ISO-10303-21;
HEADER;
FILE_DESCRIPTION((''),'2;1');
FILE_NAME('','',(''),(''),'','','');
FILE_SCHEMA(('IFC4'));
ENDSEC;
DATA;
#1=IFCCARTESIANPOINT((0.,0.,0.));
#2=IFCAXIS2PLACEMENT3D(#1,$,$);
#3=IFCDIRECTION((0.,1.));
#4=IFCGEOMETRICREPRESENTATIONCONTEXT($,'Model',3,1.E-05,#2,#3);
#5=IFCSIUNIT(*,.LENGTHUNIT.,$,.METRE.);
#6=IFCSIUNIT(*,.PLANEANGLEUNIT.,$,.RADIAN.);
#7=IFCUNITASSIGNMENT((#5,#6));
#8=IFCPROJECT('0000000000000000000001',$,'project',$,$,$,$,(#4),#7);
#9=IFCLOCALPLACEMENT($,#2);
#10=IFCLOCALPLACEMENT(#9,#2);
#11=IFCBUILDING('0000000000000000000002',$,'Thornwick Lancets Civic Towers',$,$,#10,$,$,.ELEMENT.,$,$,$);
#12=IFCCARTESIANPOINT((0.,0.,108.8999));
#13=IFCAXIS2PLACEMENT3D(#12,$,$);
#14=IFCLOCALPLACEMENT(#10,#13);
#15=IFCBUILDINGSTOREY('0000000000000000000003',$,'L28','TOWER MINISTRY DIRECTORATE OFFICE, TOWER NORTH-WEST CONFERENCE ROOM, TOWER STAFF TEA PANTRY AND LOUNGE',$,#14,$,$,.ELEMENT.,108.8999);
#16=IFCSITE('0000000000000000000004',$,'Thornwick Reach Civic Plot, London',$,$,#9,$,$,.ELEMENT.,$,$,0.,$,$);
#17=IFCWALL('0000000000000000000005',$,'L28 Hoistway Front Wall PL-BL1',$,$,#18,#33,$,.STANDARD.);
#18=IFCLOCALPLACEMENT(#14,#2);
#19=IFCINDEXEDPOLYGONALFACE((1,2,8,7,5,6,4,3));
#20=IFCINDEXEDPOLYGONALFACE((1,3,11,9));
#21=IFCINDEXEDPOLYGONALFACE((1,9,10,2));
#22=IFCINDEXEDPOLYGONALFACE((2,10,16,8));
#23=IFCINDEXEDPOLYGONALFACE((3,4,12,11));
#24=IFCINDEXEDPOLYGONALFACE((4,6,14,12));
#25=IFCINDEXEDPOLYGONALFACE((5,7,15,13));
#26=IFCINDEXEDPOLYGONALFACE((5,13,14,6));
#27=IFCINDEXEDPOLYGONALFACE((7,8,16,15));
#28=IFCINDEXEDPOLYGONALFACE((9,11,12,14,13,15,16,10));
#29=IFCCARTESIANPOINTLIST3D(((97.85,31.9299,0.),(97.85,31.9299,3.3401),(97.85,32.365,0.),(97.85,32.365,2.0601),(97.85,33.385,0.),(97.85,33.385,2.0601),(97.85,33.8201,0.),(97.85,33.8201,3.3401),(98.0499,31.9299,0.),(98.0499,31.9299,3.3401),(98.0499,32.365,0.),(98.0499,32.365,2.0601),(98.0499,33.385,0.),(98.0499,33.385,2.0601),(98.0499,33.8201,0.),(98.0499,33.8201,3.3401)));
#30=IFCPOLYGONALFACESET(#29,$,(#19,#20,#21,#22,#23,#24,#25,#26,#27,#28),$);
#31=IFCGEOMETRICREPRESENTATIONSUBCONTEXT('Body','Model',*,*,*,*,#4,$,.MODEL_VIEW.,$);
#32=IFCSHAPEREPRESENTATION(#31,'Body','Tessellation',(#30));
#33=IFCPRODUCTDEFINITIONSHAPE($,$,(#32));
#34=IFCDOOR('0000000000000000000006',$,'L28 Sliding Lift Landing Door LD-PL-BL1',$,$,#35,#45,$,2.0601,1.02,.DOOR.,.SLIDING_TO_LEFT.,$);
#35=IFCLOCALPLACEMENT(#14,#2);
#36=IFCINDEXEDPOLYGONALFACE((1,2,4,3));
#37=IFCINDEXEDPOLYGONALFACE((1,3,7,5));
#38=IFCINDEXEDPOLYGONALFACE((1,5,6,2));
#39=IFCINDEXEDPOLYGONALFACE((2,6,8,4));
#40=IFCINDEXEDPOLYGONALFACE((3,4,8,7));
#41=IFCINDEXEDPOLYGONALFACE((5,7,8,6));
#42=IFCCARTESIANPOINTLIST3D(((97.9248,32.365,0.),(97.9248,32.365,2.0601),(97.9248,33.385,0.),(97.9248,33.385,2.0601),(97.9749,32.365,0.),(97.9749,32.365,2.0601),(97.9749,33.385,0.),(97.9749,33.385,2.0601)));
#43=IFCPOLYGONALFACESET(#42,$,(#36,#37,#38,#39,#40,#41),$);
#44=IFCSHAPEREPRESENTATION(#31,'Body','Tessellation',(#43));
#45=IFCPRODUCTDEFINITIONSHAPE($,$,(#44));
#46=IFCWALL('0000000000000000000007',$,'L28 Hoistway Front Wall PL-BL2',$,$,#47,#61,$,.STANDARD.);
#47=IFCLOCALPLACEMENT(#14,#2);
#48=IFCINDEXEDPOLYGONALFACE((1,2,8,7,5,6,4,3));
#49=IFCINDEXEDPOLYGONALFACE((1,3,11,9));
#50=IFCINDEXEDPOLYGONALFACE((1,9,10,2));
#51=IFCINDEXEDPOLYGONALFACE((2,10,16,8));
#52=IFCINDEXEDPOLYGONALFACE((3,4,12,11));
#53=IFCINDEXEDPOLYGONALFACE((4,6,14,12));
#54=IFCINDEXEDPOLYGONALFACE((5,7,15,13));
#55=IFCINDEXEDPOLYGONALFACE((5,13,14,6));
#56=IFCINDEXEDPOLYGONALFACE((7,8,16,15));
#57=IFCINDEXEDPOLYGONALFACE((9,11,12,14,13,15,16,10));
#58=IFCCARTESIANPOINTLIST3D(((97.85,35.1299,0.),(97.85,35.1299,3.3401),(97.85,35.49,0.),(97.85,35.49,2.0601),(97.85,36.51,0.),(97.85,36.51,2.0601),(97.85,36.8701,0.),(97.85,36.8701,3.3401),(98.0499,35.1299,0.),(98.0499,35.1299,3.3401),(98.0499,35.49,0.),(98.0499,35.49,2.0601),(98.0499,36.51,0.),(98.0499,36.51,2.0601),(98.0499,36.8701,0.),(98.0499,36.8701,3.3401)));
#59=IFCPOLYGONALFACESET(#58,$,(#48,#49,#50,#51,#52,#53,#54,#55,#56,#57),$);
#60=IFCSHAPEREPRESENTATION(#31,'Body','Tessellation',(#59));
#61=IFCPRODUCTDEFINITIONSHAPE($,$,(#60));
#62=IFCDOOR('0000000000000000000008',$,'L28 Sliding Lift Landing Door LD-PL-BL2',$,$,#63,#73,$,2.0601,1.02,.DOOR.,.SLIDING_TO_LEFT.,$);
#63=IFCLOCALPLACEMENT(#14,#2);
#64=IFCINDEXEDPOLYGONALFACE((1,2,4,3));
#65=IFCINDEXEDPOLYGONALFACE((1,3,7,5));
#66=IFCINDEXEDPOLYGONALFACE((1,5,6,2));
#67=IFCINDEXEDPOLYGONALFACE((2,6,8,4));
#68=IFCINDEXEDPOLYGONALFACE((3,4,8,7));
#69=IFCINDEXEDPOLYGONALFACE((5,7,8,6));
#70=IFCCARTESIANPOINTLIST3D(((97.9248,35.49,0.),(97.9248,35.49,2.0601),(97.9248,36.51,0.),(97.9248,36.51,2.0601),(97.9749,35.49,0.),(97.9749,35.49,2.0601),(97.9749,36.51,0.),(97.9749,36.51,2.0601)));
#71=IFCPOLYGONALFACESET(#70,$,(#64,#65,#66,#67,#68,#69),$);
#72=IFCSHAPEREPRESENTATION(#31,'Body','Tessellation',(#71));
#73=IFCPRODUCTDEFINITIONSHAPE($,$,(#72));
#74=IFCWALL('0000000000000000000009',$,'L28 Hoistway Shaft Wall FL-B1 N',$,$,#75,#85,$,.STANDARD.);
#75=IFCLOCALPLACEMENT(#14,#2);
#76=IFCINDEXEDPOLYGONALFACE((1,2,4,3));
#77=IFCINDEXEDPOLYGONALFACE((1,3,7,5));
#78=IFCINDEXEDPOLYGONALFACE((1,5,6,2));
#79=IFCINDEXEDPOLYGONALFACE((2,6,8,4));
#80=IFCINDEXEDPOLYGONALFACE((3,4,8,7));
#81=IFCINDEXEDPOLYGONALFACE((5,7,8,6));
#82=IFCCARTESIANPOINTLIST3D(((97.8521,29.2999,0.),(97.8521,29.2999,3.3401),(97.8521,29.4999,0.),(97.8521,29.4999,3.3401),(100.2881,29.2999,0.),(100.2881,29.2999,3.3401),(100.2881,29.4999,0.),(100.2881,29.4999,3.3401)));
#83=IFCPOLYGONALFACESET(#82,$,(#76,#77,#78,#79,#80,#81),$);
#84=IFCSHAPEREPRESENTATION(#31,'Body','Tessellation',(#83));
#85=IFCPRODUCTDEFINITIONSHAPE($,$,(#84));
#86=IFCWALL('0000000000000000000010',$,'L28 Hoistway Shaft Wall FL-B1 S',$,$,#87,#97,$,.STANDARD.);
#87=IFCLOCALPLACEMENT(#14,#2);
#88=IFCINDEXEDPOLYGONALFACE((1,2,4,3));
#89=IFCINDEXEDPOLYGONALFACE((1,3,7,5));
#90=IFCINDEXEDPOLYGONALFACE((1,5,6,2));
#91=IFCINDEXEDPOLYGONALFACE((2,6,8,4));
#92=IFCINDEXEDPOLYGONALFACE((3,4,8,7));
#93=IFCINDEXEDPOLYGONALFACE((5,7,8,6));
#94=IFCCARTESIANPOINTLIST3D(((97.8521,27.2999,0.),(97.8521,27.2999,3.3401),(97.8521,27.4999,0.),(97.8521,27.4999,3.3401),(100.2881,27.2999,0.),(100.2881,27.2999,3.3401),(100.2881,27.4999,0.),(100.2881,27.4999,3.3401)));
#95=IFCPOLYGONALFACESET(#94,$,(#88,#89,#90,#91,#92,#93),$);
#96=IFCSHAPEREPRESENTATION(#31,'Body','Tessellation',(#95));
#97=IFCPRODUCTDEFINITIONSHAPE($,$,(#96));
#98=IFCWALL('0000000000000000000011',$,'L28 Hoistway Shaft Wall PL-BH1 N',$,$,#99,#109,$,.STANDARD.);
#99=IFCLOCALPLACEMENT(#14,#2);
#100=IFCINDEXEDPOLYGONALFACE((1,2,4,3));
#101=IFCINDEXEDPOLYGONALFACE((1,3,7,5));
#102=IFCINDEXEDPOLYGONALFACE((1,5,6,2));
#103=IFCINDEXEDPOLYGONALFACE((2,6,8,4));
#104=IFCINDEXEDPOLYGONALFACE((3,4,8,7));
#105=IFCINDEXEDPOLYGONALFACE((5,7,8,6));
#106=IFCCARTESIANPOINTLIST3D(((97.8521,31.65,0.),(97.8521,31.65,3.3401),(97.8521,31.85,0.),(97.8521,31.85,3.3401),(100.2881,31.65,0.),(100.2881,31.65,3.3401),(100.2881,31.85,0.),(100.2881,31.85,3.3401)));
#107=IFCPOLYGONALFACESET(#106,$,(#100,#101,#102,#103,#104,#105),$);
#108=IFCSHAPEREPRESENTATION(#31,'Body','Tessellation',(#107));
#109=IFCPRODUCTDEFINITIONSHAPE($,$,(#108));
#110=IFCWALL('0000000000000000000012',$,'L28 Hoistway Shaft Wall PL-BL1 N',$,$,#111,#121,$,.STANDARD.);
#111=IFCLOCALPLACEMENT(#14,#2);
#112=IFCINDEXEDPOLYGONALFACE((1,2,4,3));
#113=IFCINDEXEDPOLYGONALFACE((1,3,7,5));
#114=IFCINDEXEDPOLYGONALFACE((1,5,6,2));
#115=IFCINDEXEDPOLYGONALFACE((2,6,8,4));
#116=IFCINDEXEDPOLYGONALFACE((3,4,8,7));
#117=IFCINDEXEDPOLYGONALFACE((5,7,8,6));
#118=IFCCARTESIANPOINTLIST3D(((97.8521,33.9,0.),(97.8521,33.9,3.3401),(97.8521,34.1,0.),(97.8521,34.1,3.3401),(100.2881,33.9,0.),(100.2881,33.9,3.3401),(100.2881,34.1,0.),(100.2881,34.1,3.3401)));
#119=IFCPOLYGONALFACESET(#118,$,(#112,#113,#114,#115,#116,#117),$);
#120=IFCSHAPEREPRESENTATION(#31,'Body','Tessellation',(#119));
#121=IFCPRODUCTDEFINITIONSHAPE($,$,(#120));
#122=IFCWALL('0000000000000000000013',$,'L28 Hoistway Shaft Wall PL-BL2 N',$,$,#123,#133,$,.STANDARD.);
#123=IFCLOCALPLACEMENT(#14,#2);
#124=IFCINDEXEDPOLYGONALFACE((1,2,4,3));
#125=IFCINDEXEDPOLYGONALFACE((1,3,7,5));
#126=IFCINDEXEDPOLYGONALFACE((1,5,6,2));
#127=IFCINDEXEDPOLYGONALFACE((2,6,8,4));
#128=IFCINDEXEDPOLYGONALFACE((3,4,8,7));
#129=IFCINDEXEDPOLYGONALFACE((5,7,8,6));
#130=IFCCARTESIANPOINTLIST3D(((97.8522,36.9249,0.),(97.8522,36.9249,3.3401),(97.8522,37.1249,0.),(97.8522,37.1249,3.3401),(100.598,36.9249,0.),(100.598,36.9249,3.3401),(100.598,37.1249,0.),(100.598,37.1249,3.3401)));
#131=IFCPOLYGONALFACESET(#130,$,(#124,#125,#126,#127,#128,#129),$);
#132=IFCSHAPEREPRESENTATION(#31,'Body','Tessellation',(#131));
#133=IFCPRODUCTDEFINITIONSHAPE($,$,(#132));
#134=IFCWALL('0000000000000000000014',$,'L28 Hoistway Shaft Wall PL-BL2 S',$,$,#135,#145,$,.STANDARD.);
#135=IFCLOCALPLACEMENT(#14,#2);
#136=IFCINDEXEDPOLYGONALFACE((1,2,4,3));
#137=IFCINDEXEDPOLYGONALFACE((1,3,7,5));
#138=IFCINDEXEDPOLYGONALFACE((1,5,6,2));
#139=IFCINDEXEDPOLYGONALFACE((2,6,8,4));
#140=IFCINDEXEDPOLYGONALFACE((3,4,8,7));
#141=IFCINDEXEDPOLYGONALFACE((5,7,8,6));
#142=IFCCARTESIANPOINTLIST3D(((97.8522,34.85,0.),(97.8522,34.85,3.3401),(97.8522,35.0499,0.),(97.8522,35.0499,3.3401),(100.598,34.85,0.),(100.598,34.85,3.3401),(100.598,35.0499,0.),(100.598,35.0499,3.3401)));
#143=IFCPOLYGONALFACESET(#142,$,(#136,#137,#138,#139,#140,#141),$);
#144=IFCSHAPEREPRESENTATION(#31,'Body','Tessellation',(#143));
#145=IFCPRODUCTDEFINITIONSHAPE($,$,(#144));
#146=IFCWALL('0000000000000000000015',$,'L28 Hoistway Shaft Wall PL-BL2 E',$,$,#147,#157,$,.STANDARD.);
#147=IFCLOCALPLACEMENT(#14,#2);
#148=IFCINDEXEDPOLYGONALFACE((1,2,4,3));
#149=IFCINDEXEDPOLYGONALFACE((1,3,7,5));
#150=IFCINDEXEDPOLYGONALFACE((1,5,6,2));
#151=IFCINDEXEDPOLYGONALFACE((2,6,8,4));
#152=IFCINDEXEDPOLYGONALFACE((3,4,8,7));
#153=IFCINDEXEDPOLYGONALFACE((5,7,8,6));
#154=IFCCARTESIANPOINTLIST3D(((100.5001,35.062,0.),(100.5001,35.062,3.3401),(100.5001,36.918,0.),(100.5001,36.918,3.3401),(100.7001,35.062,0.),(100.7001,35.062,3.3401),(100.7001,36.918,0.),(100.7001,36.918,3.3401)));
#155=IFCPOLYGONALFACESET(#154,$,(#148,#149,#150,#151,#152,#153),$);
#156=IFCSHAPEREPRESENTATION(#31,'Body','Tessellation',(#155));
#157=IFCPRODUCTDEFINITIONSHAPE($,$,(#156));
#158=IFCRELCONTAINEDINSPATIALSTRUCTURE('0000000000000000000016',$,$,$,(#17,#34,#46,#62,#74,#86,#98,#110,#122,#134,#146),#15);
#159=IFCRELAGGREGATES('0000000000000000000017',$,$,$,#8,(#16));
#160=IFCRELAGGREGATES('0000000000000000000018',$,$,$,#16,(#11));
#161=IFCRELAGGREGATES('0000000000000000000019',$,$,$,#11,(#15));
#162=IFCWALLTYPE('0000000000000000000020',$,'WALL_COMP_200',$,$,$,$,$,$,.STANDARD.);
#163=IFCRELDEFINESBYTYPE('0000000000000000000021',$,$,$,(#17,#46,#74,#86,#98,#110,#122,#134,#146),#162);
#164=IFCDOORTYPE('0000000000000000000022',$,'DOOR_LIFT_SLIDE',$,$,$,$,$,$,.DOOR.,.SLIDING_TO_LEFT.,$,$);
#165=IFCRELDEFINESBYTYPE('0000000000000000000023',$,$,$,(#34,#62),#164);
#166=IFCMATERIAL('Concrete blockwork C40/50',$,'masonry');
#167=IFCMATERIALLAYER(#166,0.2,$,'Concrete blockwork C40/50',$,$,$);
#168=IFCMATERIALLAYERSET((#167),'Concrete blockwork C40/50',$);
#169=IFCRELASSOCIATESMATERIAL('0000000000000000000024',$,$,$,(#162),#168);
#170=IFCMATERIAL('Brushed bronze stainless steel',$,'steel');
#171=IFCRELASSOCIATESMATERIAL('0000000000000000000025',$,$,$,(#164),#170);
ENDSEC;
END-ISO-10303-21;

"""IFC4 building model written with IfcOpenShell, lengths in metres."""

from ifc_helpers import new_model, si_unit, direction, frame, frame_2d, origin, place, context, subcontext, project, spatial, rectangle, extrude, material, layer, layer_set, type_object, element, fill, save


model = new_model("IFC4")

# Units and contexts
model_context = context("Model", 3, precision=1e-05, world=origin(), true_north=direction((0.0, 1.0)))
body_context = subcontext(model_context, "Body", "Model", "MODEL_VIEW")
ifc_project = project(units=[si_unit("LENGTHUNIT", "METRE"), si_unit("PLANEANGLEUNIT", "RADIAN")], contexts=[model_context])

# Site, building, storey
site_placement = place(None, origin())
site = spatial("IfcSite", under=ifc_project, at=site_placement, Name="Thornwick Reach Civic Plot, London", CompositionType="ELEMENT", RefElevation=0.0)
building_placement = place(site_placement, origin())
building = spatial("IfcBuilding", under=site, at=building_placement, Name="Thornwick Lancets Civic Towers", CompositionType="ELEMENT")
storey_placement = place(building_placement, frame((0.0, 0.0, 108.8999)))
storey = spatial("IfcBuildingStorey", under=building, at=storey_placement, Name="L28", Description="TOWER MINISTRY DIRECTORATE OFFICE, TOWER NORTH-WEST CONFERENCE ROOM, TOWER STAFF TEA PANTRY AND LOUNGE", CompositionType="ELEMENT", Elevation=108.8999)

# Shared definitions
ifc_material_1 = material(Name="Concrete blockwork C40/50", Category="masonry")
ifc_layer = layer(ifc_material_1, 0.2, Name="Concrete blockwork C40/50")
ifc_layer_set = layer_set([ifc_layer], Name="Concrete blockwork C40/50")
wall_type = type_object("IfcWallType", Name="WALL_COMP_200", PredefinedType="STANDARD", material=ifc_layer_set)
ifc_material_2 = material(Name="Brushed bronze stainless steel", Category="steel")
door_type = type_object("IfcDoorType", Name="DOOR_LIFT_SLIDE", OperationType="SLIDING_TO_LEFT", PredefinedType="DOOR", material=ifc_material_2)

# Walls, openings, doors
wall_1_placement = place(storey_placement, frame((97.95, 33.8201, 0.0), z_axis=(0.0, 0.0, 1.0), x_axis=(0.0, -1.0, 0.0)))
wall_1 = element("IfcWall", 1, at=wall_1_placement, inside=storey, type_object=wall_type, Name="L28 Hoistway Front Wall PL-BL1", PredefinedType="STANDARD", context=body_context, shape_type="SweptSolid", body=[
    extrude(rectangle(XDim=1.8901, YDim=0.2, at=frame_2d((0.9451, 0.0))), origin(), (0.0, 0.0, 1.0), 3.3401),
])
opening_1_placement = place(wall_1_placement, frame((0.4351, 0.0, 0.0)))
opening_1 = element("IfcOpeningElement", 2, at=opening_1_placement, cuts=wall_1, PredefinedType="OPENING", context=body_context, shape_type="SweptSolid", body=[
    extrude(rectangle(XDim=1.02, YDim=2.0601, at=frame_2d((0.51, 1.03))), frame((0.0, 0.1099, 0.0), z_axis=(0.0, -1.0, 0.0), x_axis=(1.0, 0.0, 0.0)), (0.0, 0.0, 1.0), 0.22),
])
door_1_placement = place(opening_1_placement, origin())
door_1 = element("IfcDoor", 3, at=door_1_placement, inside=storey, type_object=door_type, Name="L28 Sliding Lift Landing Door LD-PL-BL1", OperationType="SLIDING_TO_LEFT", OverallHeight=2.0601, OverallWidth=1.02, PredefinedType="DOOR", context=body_context, shape_type="SweptSolid", body=[
    extrude(rectangle(XDim=1.02, YDim=2.0601, at=frame_2d((0.51, 1.03))), frame((0.0, 0.0249, 0.0), z_axis=(0.0, -1.0, 0.0), x_axis=(1.0, 0.0, 0.0)), (0.0, 0.0, 1.0), 0.05),
])
fill(opening_1, door_1)
wall_2_placement = place(storey_placement, frame((97.95, 36.8701, 0.0), z_axis=(0.0, 0.0, 1.0), x_axis=(0.0, -1.0, 0.0)))
wall_2 = element("IfcWall", 4, at=wall_2_placement, inside=storey, type_object=wall_type, Name="L28 Hoistway Front Wall PL-BL2", PredefinedType="STANDARD", context=body_context, shape_type="SweptSolid", body=[
    extrude(rectangle(XDim=1.7402, YDim=0.2, at=frame_2d((0.8701, 0.0))), origin(), (0.0, 0.0, 1.0), 3.3401),
])
opening_2_placement = place(wall_2_placement, frame((0.3601, 0.0, 0.0)))
opening_2 = element("IfcOpeningElement", 5, at=opening_2_placement, cuts=wall_2, PredefinedType="OPENING", context=body_context, shape_type="SweptSolid", body=[
    extrude(rectangle(XDim=1.02, YDim=2.0601, at=frame_2d((0.51, 1.03))), frame((0.0, 0.1099, 0.0), z_axis=(0.0, -1.0, 0.0), x_axis=(1.0, 0.0, 0.0)), (0.0, 0.0, 1.0), 0.22),
])
door_2_placement = place(opening_2_placement, origin())
door_2 = element("IfcDoor", 6, at=door_2_placement, inside=storey, type_object=door_type, Name="L28 Sliding Lift Landing Door LD-PL-BL2", OperationType="SLIDING_TO_LEFT", OverallHeight=2.0601, OverallWidth=1.02, PredefinedType="DOOR", context=body_context, shape_type="SweptSolid", body=[
    extrude(rectangle(XDim=1.02, YDim=2.0601, at=frame_2d((0.51, 1.03))), frame((0.0, 0.0249, 0.0), z_axis=(0.0, -1.0, 0.0), x_axis=(1.0, 0.0, 0.0)), (0.0, 0.0, 1.0), 0.05),
])
fill(opening_2, door_2)

# Walls
for number, where, z_axis, x_axis, name in (
    (7, (97.8521, 29.3999, 0.0), (0.0, 0.0, 1.0), (1.0, 0.0, 0.0), "L28 Hoistway Shaft Wall FL-B1 N"),
    (8, (97.8521, 27.3999, 0.0), (0.0, 0.0, 1.0), (1.0, 0.0, 0.0), "L28 Hoistway Shaft Wall FL-B1 S"),
    (9, (97.8521, 31.75, 0.0), (0.0, 0.0, 1.0), (1.0, 0.0, 0.0), "L28 Hoistway Shaft Wall PL-BH1 N"),
    (10, (97.8521, 34.0, 0.0), (0.0, 0.0, 1.0), (1.0, 0.0, 0.0), "L28 Hoistway Shaft Wall PL-BL1 N"),
):
    element("IfcWall", number, at=place(storey_placement, frame(where, z_axis=z_axis, x_axis=x_axis)), inside=storey, type_object=wall_type, Name=name, PredefinedType="STANDARD", context=body_context, shape_type="SweptSolid", body=[
        extrude(rectangle(XDim=2.436, YDim=0.2, at=frame_2d((1.218, 0.0))), origin(), (0.0, 0.0, 1.0), 3.3401),
    ])
for number, where, z_axis, x_axis, name in (
    (11, (97.8521, 37.0249, 0.0), (0.0, 0.0, 1.0), (1.0, 0.0, 0.0), "L28 Hoistway Shaft Wall PL-BL2 N"),
    (12, (97.8521, 34.95, 0.0), (0.0, 0.0, 1.0), (1.0, 0.0, 0.0), "L28 Hoistway Shaft Wall PL-BL2 S"),
):
    element("IfcWall", number, at=place(storey_placement, frame(where, z_axis=z_axis, x_axis=x_axis)), inside=storey, type_object=wall_type, Name=name, PredefinedType="STANDARD", context=body_context, shape_type="SweptSolid", body=[
        extrude(rectangle(XDim=2.7458, YDim=0.2, at=frame_2d((1.373, 0.0))), origin(), (0.0, 0.0, 1.0), 3.3401),
    ])
wall_3_placement = place(storey_placement, frame((100.6001, 35.062, 0.0), z_axis=(0.0, 0.0, 1.0), x_axis=(0.0, 1.0, 0.0)))
element("IfcWall", 13, at=wall_3_placement, inside=storey, type_object=wall_type, Name="L28 Hoistway Shaft Wall PL-BL2 E", PredefinedType="STANDARD", context=body_context, shape_type="SweptSolid", body=[
    extrude(rectangle(XDim=1.856, YDim=0.2, at=frame_2d((0.928, 0.0))), origin(), (0.0, 0.0, 1.0), 3.3401),
])

save(model, "model.ifc")
